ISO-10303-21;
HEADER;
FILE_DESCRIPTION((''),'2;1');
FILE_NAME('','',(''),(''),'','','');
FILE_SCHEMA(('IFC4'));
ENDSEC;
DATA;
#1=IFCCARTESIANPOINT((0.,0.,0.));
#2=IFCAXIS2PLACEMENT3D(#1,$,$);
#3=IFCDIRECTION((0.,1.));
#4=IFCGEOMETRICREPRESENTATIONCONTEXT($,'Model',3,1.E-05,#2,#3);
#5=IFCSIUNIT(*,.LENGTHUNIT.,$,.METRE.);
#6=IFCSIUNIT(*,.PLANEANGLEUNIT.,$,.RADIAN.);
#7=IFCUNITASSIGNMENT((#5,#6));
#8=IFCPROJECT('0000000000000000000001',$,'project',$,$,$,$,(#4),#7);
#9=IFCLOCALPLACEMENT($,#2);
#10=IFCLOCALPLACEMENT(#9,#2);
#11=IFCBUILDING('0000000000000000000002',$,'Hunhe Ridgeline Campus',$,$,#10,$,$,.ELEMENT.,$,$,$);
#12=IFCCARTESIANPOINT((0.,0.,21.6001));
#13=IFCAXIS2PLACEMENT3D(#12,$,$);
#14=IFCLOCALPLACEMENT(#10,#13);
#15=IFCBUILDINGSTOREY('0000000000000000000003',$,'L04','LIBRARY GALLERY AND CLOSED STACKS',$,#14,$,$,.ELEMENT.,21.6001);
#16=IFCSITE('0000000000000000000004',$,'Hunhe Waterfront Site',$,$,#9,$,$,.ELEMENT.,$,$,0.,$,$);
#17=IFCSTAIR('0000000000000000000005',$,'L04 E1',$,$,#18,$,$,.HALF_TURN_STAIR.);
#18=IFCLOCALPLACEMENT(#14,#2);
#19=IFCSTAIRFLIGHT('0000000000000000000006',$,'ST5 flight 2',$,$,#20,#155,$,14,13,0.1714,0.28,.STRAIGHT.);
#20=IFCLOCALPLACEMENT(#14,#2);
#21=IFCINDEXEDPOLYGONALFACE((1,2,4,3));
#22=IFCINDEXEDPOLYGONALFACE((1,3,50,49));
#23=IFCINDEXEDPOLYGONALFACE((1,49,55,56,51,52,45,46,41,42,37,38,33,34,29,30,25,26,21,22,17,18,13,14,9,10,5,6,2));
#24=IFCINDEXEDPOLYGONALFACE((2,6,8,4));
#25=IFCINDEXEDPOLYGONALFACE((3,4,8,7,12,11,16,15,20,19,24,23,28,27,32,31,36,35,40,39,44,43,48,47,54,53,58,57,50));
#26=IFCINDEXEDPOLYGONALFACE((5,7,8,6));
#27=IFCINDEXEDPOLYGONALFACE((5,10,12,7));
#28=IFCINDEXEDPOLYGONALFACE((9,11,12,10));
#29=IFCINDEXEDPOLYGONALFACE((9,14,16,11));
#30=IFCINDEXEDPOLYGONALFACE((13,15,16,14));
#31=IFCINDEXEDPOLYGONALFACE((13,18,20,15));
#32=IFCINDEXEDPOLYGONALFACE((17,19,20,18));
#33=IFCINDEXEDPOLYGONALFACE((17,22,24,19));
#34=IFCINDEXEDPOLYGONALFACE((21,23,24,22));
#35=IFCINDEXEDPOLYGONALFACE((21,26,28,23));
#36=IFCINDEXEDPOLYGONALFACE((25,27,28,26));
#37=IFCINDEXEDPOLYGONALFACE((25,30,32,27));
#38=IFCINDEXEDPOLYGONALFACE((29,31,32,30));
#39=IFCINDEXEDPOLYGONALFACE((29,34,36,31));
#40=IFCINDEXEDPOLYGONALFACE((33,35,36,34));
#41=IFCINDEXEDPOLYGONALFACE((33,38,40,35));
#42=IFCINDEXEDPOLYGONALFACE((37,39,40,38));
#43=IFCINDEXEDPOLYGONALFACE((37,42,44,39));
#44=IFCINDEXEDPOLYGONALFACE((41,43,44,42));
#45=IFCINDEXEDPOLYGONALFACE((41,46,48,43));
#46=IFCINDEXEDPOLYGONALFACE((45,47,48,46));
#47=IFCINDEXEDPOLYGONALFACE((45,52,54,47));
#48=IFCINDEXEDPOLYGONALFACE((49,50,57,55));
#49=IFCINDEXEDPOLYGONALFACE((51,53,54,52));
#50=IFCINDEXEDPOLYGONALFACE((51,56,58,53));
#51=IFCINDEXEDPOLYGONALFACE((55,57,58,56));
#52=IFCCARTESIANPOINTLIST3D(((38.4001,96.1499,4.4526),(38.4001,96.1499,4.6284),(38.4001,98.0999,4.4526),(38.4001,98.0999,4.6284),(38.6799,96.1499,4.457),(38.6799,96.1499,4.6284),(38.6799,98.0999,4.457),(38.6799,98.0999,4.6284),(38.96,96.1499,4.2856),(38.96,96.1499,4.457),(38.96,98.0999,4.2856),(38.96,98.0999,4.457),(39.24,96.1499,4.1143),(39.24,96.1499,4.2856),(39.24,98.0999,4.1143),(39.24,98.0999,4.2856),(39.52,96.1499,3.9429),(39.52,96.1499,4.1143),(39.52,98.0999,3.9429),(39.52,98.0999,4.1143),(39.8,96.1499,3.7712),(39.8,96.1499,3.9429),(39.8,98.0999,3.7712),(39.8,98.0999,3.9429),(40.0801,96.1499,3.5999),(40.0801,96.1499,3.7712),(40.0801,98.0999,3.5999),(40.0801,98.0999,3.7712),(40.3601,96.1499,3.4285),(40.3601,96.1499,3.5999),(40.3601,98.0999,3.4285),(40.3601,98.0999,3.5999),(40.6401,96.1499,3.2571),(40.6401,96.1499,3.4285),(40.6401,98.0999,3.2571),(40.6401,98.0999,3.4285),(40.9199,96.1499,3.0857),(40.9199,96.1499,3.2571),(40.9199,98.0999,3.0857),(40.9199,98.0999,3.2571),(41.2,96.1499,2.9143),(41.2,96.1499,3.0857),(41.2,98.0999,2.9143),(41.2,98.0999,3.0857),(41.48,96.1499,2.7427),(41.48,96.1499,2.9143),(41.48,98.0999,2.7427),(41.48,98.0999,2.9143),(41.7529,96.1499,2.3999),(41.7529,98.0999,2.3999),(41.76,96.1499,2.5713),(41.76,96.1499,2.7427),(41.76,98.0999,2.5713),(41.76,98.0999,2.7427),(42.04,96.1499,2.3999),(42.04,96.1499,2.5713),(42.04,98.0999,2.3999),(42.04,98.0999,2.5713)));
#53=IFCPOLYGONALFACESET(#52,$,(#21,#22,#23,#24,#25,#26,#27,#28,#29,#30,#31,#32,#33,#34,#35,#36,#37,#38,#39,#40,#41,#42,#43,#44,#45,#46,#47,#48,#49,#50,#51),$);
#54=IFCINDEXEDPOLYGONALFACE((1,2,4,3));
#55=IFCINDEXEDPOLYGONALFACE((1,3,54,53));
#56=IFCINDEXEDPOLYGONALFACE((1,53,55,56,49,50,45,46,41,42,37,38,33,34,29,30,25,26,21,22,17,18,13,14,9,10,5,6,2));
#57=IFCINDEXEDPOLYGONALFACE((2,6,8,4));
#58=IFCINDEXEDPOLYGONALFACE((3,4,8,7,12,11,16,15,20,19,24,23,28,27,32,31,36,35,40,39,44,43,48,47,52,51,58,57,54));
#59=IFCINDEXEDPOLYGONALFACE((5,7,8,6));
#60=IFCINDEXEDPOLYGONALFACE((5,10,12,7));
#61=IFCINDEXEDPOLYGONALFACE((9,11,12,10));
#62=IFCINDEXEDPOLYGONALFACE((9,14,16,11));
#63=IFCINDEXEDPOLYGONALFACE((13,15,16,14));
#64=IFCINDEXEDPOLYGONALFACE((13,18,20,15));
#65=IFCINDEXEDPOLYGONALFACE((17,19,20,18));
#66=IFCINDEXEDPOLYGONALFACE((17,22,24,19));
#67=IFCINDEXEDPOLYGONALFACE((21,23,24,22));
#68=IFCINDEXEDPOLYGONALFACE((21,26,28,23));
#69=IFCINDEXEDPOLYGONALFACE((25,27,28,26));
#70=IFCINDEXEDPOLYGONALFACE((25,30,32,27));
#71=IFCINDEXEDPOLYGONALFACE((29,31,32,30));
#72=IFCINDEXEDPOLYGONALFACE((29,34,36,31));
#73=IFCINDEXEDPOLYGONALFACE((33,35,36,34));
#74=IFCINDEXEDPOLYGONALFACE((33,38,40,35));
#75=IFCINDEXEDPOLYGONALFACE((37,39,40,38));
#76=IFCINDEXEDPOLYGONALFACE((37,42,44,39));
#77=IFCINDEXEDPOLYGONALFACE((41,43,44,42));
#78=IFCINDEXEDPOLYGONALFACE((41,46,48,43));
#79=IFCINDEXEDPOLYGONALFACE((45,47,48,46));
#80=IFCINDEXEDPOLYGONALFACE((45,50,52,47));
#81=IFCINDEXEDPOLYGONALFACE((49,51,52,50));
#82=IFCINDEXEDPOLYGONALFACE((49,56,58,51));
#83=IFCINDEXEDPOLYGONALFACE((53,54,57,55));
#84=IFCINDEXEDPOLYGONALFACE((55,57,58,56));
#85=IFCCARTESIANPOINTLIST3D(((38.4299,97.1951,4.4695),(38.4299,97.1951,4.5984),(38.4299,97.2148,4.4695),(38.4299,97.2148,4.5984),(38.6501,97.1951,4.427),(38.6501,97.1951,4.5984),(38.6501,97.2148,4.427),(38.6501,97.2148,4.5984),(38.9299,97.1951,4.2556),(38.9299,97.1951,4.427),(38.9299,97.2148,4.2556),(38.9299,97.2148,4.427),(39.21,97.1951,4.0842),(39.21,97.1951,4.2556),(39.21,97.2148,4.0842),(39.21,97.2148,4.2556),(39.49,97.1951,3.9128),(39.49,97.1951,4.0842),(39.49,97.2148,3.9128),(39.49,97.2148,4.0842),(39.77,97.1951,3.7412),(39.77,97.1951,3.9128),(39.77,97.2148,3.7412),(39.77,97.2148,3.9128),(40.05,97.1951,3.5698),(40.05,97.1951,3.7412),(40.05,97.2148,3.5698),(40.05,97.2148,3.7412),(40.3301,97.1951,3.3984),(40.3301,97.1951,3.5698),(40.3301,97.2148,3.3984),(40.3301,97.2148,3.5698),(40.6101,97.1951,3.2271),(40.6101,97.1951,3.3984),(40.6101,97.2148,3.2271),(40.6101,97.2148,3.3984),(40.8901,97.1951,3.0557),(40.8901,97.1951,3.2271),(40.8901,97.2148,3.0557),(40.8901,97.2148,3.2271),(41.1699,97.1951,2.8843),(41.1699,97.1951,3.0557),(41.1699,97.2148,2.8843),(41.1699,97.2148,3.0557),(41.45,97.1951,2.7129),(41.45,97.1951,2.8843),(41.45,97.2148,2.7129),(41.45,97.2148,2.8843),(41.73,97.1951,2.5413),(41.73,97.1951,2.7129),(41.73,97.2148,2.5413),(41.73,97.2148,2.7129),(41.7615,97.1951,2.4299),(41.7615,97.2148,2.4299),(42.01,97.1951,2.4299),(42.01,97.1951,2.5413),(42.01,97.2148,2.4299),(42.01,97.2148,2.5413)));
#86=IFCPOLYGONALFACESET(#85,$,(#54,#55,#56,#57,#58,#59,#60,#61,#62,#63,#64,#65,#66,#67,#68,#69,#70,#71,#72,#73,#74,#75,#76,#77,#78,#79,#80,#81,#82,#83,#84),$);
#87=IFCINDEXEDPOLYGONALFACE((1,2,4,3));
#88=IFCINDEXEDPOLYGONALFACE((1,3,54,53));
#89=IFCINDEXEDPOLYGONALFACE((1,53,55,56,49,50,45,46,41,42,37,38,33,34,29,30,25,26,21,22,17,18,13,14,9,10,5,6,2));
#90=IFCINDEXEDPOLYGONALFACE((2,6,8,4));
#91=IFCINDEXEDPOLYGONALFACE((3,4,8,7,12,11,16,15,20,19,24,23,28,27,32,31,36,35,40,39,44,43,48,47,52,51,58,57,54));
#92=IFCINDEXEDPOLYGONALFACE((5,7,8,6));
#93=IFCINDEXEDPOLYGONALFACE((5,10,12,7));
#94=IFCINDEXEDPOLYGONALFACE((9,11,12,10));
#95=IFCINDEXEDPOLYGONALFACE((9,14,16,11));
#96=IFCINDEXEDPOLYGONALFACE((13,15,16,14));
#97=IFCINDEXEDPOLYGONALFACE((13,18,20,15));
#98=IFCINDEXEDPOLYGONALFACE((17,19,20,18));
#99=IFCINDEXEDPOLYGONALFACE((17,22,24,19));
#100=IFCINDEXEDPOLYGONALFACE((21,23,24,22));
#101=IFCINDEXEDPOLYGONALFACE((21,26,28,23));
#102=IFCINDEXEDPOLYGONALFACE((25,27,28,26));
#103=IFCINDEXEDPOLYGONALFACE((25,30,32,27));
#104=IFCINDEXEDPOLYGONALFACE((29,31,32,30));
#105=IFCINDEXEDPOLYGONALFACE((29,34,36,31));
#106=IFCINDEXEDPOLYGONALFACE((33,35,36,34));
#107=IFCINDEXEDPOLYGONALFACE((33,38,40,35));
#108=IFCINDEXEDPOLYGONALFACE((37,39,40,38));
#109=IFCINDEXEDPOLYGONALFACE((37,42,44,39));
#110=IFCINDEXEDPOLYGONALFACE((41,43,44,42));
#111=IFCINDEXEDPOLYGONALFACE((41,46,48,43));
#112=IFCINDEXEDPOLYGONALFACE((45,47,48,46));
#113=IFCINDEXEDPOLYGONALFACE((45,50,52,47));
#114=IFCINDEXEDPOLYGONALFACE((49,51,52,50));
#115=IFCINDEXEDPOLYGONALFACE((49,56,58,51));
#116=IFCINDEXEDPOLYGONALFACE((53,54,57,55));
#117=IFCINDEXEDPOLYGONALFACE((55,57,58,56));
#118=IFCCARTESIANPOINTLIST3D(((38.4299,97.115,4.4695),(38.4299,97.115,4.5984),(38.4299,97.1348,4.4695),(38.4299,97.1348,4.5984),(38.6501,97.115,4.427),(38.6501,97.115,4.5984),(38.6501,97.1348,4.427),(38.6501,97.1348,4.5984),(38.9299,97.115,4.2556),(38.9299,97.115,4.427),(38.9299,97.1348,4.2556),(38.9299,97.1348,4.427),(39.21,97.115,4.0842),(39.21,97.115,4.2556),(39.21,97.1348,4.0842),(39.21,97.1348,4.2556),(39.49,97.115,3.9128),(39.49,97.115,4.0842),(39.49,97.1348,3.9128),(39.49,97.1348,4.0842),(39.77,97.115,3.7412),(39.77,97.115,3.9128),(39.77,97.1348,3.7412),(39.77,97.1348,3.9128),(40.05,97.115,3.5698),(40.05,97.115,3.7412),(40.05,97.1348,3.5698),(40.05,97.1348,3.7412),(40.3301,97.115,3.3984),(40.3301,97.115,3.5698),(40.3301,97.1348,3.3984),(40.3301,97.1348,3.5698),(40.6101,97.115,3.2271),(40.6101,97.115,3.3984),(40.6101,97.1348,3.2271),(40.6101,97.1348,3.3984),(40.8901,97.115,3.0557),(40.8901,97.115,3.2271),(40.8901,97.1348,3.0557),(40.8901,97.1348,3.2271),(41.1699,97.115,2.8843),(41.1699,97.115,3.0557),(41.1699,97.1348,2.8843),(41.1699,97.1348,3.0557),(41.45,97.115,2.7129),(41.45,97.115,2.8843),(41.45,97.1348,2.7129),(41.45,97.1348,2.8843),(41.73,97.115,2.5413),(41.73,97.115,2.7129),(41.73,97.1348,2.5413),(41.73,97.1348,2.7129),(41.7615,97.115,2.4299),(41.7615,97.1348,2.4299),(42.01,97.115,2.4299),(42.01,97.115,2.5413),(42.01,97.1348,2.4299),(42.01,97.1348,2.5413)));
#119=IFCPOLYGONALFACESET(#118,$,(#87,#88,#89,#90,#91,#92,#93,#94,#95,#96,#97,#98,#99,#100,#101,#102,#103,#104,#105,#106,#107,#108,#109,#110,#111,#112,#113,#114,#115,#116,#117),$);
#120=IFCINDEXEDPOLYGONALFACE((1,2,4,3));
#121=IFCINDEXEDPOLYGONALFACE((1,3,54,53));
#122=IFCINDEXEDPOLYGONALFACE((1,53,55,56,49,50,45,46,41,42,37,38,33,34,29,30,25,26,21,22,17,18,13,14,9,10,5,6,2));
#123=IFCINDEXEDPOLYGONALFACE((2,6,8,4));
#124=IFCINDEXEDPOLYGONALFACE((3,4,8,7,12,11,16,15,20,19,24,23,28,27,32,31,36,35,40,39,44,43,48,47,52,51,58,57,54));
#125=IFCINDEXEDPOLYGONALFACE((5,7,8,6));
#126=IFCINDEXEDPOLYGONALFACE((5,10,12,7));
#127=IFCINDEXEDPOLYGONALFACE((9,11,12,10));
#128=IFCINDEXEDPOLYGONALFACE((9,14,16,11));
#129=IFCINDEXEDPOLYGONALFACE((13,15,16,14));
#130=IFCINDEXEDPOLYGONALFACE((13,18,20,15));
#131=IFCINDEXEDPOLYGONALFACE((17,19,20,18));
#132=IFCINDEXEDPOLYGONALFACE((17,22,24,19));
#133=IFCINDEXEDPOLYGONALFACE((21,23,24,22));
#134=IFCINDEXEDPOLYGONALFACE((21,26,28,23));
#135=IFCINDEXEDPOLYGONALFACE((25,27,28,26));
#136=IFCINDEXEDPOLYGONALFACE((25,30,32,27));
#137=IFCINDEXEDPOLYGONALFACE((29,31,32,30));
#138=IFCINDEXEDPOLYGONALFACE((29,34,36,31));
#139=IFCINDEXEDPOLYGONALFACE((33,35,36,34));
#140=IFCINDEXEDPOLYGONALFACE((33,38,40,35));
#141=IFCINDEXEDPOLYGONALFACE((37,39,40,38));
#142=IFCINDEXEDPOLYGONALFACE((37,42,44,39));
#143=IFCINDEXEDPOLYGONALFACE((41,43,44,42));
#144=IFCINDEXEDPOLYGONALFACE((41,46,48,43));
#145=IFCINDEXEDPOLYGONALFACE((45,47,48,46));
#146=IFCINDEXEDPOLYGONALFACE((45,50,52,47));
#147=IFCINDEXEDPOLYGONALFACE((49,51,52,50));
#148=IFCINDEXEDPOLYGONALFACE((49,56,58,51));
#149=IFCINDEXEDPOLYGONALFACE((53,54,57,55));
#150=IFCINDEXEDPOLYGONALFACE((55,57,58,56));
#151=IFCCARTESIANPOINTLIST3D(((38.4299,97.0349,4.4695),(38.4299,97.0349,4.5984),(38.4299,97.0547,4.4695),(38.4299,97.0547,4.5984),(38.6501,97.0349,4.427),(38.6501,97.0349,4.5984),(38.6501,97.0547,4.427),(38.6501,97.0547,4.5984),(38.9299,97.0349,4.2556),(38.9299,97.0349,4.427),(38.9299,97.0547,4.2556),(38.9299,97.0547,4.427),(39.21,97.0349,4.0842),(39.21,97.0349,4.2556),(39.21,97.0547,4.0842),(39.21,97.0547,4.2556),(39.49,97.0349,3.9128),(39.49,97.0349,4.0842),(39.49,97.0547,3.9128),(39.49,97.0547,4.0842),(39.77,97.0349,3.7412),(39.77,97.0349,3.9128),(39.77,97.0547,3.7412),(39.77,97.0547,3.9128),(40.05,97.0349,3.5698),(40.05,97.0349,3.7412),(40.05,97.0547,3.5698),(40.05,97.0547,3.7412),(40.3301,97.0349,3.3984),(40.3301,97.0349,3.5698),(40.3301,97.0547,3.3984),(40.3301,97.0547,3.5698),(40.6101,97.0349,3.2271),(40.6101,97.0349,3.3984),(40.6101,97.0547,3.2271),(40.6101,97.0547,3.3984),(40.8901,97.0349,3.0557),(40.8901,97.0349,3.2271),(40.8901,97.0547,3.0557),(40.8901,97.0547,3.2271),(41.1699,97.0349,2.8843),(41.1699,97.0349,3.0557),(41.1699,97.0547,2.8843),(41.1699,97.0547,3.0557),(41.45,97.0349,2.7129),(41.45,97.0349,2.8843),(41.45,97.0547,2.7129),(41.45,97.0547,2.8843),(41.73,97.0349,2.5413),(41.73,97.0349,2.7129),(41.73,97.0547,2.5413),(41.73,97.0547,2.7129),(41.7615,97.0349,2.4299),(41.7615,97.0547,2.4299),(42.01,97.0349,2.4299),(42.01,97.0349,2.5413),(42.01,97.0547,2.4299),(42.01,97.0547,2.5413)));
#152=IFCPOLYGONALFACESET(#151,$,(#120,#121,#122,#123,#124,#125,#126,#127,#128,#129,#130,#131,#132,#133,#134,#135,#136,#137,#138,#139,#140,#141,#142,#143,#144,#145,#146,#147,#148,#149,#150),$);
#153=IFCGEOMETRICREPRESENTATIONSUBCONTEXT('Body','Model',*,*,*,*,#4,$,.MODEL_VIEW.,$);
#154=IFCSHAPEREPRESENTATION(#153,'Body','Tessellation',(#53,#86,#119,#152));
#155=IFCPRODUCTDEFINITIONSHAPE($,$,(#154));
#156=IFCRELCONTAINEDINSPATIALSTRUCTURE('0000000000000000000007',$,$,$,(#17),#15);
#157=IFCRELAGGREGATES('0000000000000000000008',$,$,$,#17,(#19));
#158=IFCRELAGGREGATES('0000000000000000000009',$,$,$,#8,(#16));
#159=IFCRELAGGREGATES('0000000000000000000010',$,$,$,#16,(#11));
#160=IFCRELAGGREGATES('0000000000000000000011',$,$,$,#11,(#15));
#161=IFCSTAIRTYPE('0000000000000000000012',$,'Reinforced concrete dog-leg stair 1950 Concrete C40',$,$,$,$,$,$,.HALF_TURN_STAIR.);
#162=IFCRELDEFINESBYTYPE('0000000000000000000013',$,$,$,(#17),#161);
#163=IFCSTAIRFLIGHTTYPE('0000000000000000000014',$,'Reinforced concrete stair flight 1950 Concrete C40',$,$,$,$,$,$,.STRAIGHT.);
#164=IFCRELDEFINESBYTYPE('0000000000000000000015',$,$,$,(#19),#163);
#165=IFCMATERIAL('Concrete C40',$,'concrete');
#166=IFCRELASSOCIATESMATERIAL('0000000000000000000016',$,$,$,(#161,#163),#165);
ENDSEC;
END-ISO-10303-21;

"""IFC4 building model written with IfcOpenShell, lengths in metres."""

from ifc_helpers import new_model, si_unit, direction, frame, origin, place, context, subcontext, project, spatial, polyline, outline, extrude, material, type_object, element, aggregate, save


model = new_model("IFC4")

# Units and contexts
model_context = context("Model", 3, precision=1e-05, world=origin(), true_north=direction((0.0, 1.0)))
body_context = subcontext(model_context, "Body", "Model", "MODEL_VIEW")
ifc_project = project(units=[si_unit("LENGTHUNIT", "METRE"), si_unit("PLANEANGLEUNIT", "RADIAN")], contexts=[model_context])

# Site, building, storey
site_placement = place(None, origin())
site = spatial("IfcSite", under=ifc_project, at=site_placement, Name="Hunhe Waterfront Site", CompositionType="ELEMENT", RefElevation=0.0)
building_placement = place(site_placement, origin())
building = spatial("IfcBuilding", under=site, at=building_placement, Name="Hunhe Ridgeline Campus", CompositionType="ELEMENT")
storey_placement = place(building_placement, frame((0.0, 0.0, 21.6001)))
storey = spatial("IfcBuildingStorey", under=building, at=storey_placement, Name="L04", Description="LIBRARY GALLERY AND CLOSED STACKS", CompositionType="ELEMENT", Elevation=21.6001)

# Stair, stair flight
ifc_material_1 = material(Name="Concrete C40", Category="concrete")
stair_type = type_object("IfcStairType", Name="Reinforced concrete dog-leg stair 1950 Concrete C40", PredefinedType="HALF_TURN_STAIR", material=ifc_material_1)
stair_1_placement = place(storey_placement, origin())
stair_1 = element("IfcStair", 1, at=stair_1_placement, inside=storey, type_object=stair_type, Name="L04 E1", PredefinedType="HALF_TURN_STAIR")
stair_flight_type = type_object("IfcStairFlightType", Name="Reinforced concrete stair flight 1950 Concrete C40", PredefinedType="STRAIGHT", material=ifc_material_1)
stair_flight_1_placement = place(storey_placement, frame((42.04, 97.125, 2.3999), z_axis=(0.0, 0.0, 1.0), x_axis=(-1.0, 0.0, 0.0)))
stair_flight_1 = element("IfcStairFlight", 2, at=stair_flight_1_placement, type_object=stair_flight_type, Name="ST5 flight 2", NumberOfRisers=14, NumberOfTreads=13, PredefinedType="STRAIGHT", RiserHeight=0.1714, TreadLength=0.28, context=body_context, shape_type="SweptSolid", body=[
    extrude(outline(polyline([(0.0, 0.0), (0.0, 0.1714), (0.28, 0.1714), (0.28, 0.3428), (0.5601, 0.3428), (0.5601, 0.5144), (0.8401, 0.5144), (0.8401, 0.6858), (1.1201, 0.6858), (1.1201, 0.8572), (1.3999, 0.8572), (1.3999, 1.0286), (1.6799, 1.0286), (1.6799, 1.2), (1.96, 1.2), (1.96, 1.3713), (2.24, 1.3713), (2.24, 1.543), (2.52, 1.543), (2.52, 1.7144), (2.8, 1.7144), (2.8, 1.8857), (3.0801, 1.8857), (3.0801, 2.0571), (3.3601, 2.0571), (3.3601, 2.2285), (3.6399, 2.2285), (3.6399, 2.3999), (3.6399, 2.0527), (0.2871, 0.0), (0.0, 0.0)])), frame((0.0, 0.9751, 0.0), z_axis=(0.0, -1.0, 0.0), x_axis=(1.0, 0.0, 0.0)), (0.0, 0.0, 1.0), 1.95),
    extrude(outline(polyline([(0.03, 0.03), (0.03, 0.1414), (0.3101, 0.1414), (0.3101, 0.313), (0.5901, 0.313), (0.5901, 0.4844), (0.8701, 0.4844), (0.8701, 0.6558), (1.1499, 0.6558), (1.1499, 0.8271), (1.4299, 0.8271), (1.4299, 0.9985), (1.71, 0.9985), (1.71, 1.1699), (1.99, 1.1699), (1.99, 1.3413), (2.27, 1.3413), (2.27, 1.5129), (2.55, 1.5129), (2.55, 1.6843), (2.8301, 1.6843), (2.8301, 1.8557), (3.1101, 1.8557), (3.1101, 2.0271), (3.3899, 2.0271), (3.3899, 2.1985), (3.6101, 2.1985), (3.6101, 2.0696), (0.2786, 0.03), (0.03, 0.03)])), frame((0.0, -0.0701, 0.0), z_axis=(0.0, -1.0, 0.0), x_axis=(1.0, 0.0, 0.0)), (0.0, 0.0, 1.0), 0.0198),
    extrude(outline(polyline([(0.03, 0.03), (0.03, 0.1414), (0.3101, 0.1414), (0.3101, 0.313), (0.5901, 0.313), (0.5901, 0.4844), (0.8701, 0.4844), (0.8701, 0.6558), (1.1499, 0.6558), (1.1499, 0.8271), (1.4299, 0.8271), (1.4299, 0.9985), (1.71, 0.9985), (1.71, 1.1699), (1.99, 1.1699), (1.99, 1.3413), (2.27, 1.3413), (2.27, 1.5129), (2.55, 1.5129), (2.55, 1.6843), (2.8301, 1.6843), (2.8301, 1.8557), (3.1101, 1.8557), (3.1101, 2.0271), (3.3899, 2.0271), (3.3899, 2.1985), (3.6101, 2.1985), (3.6101, 2.0696), (0.2786, 0.03), (0.03, 0.03)])), frame((0.0, 0.01, 0.0), z_axis=(0.0, -1.0, 0.0), x_axis=(1.0, 0.0, 0.0)), (0.0, 0.0, 1.0), 0.0198),
    extrude(outline(polyline([(0.03, 0.03), (0.03, 0.1414), (0.3101, 0.1414), (0.3101, 0.313), (0.5901, 0.313), (0.5901, 0.4844), (0.8701, 0.4844), (0.8701, 0.6558), (1.1499, 0.6558), (1.1499, 0.8271), (1.4299, 0.8271), (1.4299, 0.9985), (1.71, 0.9985), (1.71, 1.1699), (1.99, 1.1699), (1.99, 1.3413), (2.27, 1.3413), (2.27, 1.5129), (2.55, 1.5129), (2.55, 1.6843), (2.8301, 1.6843), (2.8301, 1.8557), (3.1101, 1.8557), (3.1101, 2.0271), (3.3899, 2.0271), (3.3899, 2.1985), (3.6101, 2.1985), (3.6101, 2.0696), (0.2786, 0.03), (0.03, 0.03)])), frame((0.0, 0.0901, 0.0), z_axis=(0.0, -1.0, 0.0), x_axis=(1.0, 0.0, 0.0)), (0.0, 0.0, 1.0), 0.0198),
])
aggregate(stair_1, [stair_flight_1])

save(model, "model.ifc")
